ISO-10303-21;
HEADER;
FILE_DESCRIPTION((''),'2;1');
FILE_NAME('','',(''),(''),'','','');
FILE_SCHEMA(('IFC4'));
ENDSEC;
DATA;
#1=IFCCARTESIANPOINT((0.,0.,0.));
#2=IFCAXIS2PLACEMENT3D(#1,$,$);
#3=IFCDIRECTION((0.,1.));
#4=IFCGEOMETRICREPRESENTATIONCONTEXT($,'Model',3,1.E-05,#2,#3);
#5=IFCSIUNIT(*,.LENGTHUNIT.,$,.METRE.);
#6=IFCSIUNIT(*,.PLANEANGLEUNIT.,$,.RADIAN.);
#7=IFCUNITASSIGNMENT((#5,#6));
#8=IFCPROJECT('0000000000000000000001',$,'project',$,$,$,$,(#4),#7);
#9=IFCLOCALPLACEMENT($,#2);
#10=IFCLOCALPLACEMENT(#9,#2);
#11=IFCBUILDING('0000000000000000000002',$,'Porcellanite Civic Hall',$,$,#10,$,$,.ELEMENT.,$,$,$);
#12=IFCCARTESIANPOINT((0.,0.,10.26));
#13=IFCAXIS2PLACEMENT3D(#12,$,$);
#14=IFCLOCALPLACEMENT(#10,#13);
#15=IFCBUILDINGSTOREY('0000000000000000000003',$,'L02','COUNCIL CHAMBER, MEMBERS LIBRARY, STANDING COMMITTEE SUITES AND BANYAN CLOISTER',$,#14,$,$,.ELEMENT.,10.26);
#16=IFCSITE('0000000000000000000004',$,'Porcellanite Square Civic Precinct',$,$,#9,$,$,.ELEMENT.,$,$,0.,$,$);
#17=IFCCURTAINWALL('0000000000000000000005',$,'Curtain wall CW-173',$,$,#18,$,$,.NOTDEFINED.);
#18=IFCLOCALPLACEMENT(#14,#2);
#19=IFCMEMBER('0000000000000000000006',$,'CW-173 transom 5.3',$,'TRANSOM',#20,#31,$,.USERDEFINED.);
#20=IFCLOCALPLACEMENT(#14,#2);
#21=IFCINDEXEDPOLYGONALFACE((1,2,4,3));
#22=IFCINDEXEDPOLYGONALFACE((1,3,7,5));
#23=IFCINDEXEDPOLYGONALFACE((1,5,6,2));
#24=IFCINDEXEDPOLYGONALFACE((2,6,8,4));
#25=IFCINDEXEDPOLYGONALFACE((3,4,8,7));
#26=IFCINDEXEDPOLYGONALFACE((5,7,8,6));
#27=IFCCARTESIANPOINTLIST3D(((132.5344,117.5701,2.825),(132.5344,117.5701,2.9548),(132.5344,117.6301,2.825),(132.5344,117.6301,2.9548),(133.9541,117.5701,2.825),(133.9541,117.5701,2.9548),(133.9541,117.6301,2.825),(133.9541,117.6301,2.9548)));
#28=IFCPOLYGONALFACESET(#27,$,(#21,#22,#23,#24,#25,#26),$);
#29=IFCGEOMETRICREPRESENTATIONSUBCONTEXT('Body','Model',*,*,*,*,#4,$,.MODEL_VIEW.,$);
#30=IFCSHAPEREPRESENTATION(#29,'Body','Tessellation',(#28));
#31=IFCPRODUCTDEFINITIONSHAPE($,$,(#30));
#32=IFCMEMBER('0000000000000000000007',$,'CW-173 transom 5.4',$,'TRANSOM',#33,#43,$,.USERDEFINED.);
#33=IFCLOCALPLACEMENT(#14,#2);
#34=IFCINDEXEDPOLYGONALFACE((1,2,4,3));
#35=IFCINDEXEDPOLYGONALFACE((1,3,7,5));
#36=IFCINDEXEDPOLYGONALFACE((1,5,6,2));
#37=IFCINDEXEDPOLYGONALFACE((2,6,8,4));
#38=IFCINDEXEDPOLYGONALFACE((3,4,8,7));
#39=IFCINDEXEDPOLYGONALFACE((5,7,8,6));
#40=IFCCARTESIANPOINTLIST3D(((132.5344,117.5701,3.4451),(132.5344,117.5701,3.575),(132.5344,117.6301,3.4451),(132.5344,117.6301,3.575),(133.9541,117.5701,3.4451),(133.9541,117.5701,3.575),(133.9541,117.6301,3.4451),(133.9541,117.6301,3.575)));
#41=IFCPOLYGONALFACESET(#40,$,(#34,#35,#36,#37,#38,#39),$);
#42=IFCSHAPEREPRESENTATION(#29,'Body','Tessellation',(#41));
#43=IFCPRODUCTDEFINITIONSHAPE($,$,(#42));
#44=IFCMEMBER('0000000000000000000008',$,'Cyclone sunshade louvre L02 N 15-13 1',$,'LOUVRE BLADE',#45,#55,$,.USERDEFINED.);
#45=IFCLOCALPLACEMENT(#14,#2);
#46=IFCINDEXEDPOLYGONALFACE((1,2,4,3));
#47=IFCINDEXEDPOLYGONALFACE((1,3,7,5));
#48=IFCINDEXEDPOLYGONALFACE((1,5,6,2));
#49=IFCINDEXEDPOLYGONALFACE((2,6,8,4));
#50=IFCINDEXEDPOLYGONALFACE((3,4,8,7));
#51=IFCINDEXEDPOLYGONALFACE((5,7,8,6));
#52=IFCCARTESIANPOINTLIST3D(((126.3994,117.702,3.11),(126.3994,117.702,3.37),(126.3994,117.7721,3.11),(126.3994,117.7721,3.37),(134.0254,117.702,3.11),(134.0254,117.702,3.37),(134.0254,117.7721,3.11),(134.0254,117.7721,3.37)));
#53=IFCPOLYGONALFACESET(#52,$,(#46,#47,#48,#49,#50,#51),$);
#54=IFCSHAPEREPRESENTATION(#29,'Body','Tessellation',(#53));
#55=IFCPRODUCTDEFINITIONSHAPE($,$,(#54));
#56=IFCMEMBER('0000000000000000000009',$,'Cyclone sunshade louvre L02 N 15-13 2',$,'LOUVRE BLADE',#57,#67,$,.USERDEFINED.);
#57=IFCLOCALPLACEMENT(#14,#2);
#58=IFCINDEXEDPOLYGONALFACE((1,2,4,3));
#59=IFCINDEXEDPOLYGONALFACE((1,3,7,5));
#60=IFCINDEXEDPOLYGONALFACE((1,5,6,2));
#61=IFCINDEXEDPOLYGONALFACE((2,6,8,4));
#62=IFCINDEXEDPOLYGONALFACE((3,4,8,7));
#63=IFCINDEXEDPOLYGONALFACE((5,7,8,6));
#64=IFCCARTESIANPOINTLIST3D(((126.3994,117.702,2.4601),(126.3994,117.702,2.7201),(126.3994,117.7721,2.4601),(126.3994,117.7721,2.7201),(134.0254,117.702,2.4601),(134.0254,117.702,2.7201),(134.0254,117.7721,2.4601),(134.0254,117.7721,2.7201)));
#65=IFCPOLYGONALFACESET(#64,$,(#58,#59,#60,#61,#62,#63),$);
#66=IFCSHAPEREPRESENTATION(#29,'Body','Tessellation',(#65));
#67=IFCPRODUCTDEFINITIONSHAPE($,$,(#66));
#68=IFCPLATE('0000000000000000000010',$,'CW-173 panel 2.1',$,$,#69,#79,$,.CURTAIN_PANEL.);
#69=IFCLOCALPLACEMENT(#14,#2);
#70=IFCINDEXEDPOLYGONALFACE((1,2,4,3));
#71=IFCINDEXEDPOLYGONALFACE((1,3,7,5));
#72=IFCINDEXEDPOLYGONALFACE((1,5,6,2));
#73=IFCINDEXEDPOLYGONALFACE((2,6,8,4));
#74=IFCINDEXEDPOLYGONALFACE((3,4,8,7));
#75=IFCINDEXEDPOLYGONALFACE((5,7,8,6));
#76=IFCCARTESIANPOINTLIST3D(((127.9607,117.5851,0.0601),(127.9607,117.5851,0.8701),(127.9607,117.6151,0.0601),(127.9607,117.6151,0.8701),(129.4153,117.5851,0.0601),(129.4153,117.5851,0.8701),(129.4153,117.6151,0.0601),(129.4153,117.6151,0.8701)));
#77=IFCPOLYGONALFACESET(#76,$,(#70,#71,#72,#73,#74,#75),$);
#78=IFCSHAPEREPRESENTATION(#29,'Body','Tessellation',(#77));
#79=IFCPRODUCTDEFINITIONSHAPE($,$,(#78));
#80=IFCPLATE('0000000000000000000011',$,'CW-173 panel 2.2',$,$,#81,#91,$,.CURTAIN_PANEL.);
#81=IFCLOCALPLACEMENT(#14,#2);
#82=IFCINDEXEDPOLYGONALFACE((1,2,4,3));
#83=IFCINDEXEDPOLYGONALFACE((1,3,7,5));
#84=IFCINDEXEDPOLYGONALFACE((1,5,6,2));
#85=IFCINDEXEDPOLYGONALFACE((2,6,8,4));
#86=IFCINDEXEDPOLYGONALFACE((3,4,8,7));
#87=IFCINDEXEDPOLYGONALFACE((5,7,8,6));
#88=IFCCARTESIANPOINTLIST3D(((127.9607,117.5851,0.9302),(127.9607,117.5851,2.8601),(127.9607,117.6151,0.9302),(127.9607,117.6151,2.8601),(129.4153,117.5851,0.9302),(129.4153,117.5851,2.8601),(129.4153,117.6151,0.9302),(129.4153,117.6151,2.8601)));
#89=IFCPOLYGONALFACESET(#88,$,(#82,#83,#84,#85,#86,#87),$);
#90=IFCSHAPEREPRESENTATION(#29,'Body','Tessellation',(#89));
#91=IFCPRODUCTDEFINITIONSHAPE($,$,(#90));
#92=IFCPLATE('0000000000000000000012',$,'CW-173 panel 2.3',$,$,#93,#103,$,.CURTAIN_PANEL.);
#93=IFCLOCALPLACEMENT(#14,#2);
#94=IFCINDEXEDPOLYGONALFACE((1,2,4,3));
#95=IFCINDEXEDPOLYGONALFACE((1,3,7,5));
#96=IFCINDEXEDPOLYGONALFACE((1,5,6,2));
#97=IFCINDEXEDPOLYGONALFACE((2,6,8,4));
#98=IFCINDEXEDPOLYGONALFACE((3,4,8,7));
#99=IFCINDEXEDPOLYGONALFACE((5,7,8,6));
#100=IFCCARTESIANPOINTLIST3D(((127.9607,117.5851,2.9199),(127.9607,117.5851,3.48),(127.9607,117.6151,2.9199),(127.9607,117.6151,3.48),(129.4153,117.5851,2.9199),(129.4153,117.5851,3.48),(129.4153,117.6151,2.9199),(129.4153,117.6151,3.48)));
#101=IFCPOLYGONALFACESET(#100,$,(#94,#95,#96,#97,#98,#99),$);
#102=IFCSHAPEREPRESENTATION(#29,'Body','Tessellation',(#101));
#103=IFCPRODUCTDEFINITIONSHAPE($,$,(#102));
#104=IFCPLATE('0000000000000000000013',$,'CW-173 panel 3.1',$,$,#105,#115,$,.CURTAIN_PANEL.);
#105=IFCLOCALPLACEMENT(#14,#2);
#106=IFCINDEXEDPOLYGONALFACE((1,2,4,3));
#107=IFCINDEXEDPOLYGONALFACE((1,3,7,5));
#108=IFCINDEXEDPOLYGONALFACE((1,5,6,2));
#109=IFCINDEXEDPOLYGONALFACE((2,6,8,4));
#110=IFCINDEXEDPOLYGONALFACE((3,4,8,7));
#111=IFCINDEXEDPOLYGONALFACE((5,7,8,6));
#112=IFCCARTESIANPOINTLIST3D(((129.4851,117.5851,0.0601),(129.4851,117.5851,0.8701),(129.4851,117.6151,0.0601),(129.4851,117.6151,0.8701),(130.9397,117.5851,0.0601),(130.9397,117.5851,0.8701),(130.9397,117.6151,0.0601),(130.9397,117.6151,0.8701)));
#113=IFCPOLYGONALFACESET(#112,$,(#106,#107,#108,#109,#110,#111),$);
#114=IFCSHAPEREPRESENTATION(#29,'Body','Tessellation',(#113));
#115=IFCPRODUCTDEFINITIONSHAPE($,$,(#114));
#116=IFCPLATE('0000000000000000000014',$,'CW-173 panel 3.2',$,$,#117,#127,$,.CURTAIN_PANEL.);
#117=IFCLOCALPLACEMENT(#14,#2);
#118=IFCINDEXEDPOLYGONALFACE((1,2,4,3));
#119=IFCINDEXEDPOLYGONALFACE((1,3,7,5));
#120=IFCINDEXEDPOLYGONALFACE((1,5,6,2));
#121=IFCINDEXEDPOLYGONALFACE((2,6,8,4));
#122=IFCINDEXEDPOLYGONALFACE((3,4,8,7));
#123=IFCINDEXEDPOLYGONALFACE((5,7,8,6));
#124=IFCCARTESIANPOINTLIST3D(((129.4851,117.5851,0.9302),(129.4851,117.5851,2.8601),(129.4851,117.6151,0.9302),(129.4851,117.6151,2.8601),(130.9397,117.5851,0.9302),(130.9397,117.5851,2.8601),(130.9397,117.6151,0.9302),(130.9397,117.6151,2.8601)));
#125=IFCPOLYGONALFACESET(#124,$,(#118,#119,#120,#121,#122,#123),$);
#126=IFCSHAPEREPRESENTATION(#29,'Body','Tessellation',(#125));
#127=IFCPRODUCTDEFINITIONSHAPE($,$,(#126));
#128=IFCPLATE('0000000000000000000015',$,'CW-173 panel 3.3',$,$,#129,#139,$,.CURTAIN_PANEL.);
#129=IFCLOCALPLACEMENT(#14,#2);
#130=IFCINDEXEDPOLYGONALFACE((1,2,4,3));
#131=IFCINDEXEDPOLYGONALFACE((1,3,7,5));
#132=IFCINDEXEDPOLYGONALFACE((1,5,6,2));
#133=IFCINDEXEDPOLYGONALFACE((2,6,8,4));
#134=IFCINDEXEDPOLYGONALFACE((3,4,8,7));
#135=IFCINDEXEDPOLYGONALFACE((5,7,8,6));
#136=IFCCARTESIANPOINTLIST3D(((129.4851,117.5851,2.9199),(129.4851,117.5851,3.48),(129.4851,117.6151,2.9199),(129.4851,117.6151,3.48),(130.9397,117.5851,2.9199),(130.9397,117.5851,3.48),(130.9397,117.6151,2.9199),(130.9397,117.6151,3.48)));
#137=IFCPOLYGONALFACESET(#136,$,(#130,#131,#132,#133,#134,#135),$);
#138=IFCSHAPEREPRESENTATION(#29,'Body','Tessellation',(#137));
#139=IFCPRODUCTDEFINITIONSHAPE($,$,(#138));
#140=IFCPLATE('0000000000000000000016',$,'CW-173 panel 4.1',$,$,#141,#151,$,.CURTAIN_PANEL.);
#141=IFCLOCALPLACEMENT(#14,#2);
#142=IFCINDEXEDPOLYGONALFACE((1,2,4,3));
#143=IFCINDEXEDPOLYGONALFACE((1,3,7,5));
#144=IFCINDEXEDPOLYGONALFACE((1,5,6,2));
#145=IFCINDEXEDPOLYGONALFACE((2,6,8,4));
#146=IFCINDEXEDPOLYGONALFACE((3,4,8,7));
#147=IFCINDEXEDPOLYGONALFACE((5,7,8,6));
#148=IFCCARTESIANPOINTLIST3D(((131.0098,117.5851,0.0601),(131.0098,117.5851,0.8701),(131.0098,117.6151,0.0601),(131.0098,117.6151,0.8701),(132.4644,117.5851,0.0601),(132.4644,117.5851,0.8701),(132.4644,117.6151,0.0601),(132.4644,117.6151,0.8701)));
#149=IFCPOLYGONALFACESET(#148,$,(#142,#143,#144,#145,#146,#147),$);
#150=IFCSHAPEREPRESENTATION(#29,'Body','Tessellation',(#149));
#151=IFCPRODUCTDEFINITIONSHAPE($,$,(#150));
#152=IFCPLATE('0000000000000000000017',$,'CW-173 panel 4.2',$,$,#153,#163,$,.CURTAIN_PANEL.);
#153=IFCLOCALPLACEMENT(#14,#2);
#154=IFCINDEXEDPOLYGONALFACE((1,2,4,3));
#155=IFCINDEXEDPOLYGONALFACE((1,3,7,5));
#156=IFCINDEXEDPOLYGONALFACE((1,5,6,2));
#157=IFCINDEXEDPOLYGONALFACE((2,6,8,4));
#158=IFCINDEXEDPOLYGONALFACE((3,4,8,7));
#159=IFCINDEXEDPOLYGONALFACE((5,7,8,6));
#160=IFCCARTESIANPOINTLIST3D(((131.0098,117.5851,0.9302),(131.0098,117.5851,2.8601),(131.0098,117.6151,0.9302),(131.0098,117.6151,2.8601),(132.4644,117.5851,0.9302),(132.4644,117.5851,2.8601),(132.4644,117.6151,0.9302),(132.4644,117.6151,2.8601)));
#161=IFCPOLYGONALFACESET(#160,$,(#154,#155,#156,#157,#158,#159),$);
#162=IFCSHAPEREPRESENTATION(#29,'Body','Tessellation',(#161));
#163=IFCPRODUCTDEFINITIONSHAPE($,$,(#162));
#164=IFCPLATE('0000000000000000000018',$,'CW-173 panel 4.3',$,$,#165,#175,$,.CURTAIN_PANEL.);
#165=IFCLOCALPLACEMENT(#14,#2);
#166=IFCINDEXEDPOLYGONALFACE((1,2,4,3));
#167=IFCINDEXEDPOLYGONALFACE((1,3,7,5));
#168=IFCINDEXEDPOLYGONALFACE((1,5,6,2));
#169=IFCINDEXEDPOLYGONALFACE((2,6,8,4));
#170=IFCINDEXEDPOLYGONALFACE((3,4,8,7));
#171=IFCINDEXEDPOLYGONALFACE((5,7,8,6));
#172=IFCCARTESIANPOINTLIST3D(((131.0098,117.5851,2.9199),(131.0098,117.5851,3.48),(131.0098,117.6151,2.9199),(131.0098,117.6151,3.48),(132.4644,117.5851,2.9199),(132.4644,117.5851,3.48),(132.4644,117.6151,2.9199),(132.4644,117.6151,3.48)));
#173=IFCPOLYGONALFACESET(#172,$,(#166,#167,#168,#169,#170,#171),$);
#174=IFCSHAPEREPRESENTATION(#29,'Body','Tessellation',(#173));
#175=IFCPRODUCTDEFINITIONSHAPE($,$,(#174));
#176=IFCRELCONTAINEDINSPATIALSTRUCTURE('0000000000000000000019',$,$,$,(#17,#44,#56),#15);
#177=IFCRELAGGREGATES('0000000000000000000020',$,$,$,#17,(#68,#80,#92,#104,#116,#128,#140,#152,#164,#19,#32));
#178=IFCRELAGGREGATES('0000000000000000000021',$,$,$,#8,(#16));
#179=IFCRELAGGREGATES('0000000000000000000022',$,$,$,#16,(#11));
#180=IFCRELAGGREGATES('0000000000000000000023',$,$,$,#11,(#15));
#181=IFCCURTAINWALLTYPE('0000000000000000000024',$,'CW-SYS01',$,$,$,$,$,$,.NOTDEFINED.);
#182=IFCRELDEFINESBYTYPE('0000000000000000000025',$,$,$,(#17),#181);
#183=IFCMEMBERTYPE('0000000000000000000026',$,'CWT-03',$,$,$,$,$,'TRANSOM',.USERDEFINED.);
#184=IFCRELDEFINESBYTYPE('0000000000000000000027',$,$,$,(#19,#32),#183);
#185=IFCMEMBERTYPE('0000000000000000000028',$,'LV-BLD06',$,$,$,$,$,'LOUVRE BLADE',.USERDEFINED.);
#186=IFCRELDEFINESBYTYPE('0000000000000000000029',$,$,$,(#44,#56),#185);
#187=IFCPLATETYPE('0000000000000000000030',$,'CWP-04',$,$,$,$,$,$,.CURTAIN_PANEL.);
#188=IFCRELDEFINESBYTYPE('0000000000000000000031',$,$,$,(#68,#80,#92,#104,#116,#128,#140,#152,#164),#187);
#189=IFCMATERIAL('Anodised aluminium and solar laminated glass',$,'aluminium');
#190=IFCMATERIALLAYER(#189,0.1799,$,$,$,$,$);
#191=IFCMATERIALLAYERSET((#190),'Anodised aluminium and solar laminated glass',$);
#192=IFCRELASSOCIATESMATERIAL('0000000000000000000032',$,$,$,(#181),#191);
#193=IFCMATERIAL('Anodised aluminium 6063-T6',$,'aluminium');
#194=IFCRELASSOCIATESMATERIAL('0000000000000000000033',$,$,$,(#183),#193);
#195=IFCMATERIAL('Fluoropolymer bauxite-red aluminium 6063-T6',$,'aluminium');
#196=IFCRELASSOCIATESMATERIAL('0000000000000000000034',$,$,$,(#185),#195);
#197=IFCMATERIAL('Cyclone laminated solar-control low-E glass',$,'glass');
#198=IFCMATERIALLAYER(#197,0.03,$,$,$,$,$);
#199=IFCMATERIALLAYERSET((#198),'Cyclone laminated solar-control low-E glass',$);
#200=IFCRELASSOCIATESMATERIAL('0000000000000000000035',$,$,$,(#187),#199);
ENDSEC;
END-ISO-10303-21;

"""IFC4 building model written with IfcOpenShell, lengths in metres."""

from ifc_helpers import new_model, si_unit, direction, frame, origin, origin_2d, place, context, subcontext, project, spatial, rectangle, extrude, material, layer, layer_set, material_profile, profile_set, type_object, element, aggregate, save


model = new_model("IFC4")

# Units and contexts
model_context = context("Model", 3, precision=1e-05, world=origin(), true_north=direction((0.0, 1.0)))
body_context = subcontext(model_context, "Body", "Model", "MODEL_VIEW")
ifc_project = project(units=[si_unit("LENGTHUNIT", "METRE"), si_unit("PLANEANGLEUNIT", "RADIAN")], contexts=[model_context])

# Site, building, storey
site_placement = place(None, origin())
site = spatial("IfcSite", under=ifc_project, at=site_placement, Name="Porcellanite Square Civic Precinct", CompositionType="ELEMENT", RefElevation=0.0)
building_placement = place(site_placement, origin())
building = spatial("IfcBuilding", under=site, at=building_placement, Name="Porcellanite Civic Hall", CompositionType="ELEMENT")
storey_placement = place(building_placement, frame((0.0, 0.0, 10.26)))
storey = spatial("IfcBuildingStorey", under=building, at=storey_placement, Name="L02", Description="COUNCIL CHAMBER, MEMBERS LIBRARY, STANDING COMMITTEE SUITES AND BANYAN CLOISTER", CompositionType="ELEMENT", Elevation=10.26)

# Curtain wall, members
ifc_material_1 = material(Name="Anodised aluminium and solar laminated glass", Category="aluminium")
ifc_layer_1 = layer(ifc_material_1, 0.1799)
ifc_layer_set_1 = layer_set([ifc_layer_1], Name="Anodised aluminium and solar laminated glass")
curtain_wall_type = type_object("IfcCurtainWallType", Name="CW-SYS01", PredefinedType="NOTDEFINED", material=ifc_layer_set_1)
curtain_wall_placement = place(storey_placement, origin())
curtain_wall = element("IfcCurtainWall", 1, at=curtain_wall_placement, inside=storey, type_object=curtain_wall_type, Name="Curtain wall CW-173", PredefinedType="NOTDEFINED")
ifc_material_2 = material(Name="Anodised aluminium 6063-T6", Category="aluminium")
ifc_material_profile_1 = material_profile(ifc_material_2, rectangle(XDim=0.0601, YDim=0.1299, at=origin_2d()), Name="AL-60x130")
ifc_profile_set_1 = profile_set([ifc_material_profile_1], Name="Anodised aluminium 6063-T6")
member_type_1 = type_object("IfcMemberType", Name="CWT-03", ElementType="TRANSOM", PredefinedType="USERDEFINED", material=ifc_profile_set_1)
member_1_placement = place(storey_placement, frame((132.5344, 117.6001, 2.8899), z_axis=(1.0, 0.0, 0.0), x_axis=(0.0, 1.0, 0.0)))
member_1 = element("IfcMember", 2, at=member_1_placement, type_object=member_type_1, Name="CW-173 transom 5.3", ObjectType="TRANSOM", PredefinedType="USERDEFINED", context=body_context, shape_type="SweptSolid", body=[
    extrude(rectangle(XDim=0.0601, YDim=0.1299, at=origin_2d()), origin(), (0.0, 0.0, 1.0), 1.4197),
])
member_2_placement = place(storey_placement, frame((132.5344, 117.6001, 3.51), z_axis=(1.0, 0.0, 0.0), x_axis=(0.0, 1.0, 0.0)))
member_2 = element("IfcMember", 3, at=member_2_placement, type_object=member_type_1, Name="CW-173 transom 5.4", ObjectType="TRANSOM", PredefinedType="USERDEFINED", context=body_context, shape_type="SweptSolid", body=[
    extrude(rectangle(XDim=0.0601, YDim=0.1299, at=origin_2d()), origin(), (0.0, 0.0, 1.0), 1.4197),
])

# Members
ifc_material_3 = material(Name="Fluoropolymer bauxite-red aluminium 6063-T6", Category="aluminium")
ifc_material_profile_2 = material_profile(ifc_material_3, rectangle(XDim=0.0701, YDim=0.26, at=origin_2d()), Name="AL-70x260")
ifc_profile_set_2 = profile_set([ifc_material_profile_2], Name="Fluoropolymer bauxite-red aluminium 6063-T6")
member_type_2 = type_object("IfcMemberType", Name="LV-BLD06", ElementType="LOUVRE BLADE", PredefinedType="USERDEFINED", material=ifc_profile_set_2)
for number, where, z_axis, x_axis, name in (
    (4, (126.3994, 117.7371, 3.24), (1.0, 0.0, 0.0), (0.0, 1.0, 0.0), "Cyclone sunshade louvre L02 N 15-13 1"),
    (5, (126.3994, 117.7371, 2.5901), (1.0, 0.0, 0.0), (0.0, 1.0, 0.0), "Cyclone sunshade louvre L02 N 15-13 2"),
):
    element("IfcMember", number, at=place(storey_placement, frame(where, z_axis=z_axis, x_axis=x_axis)), inside=storey, type_object=member_type_2, Name=name, ObjectType="LOUVRE BLADE", PredefinedType="USERDEFINED", context=body_context, shape_type="SweptSolid", body=[
        extrude(rectangle(XDim=0.0701, YDim=0.26, at=origin_2d()), origin(), (0.0, 0.0, 1.0), 7.626),
    ])

# Plates
ifc_material_4 = material(Name="Cyclone laminated solar-control low-E glass", Category="glass")
ifc_layer_2 = layer(ifc_material_4, 0.03)
ifc_layer_set_2 = layer_set([ifc_layer_2], Name="Cyclone laminated solar-control low-E glass")
plate_type = type_object("IfcPlateType", Name="CWP-04", PredefinedType="CURTAIN_PANEL", material=ifc_layer_set_2)
plate_1_placement = place(storey_placement, frame((128.688, 117.6001, 0.0601), z_axis=(0.0, 0.0, 1.0), x_axis=(1.0, 0.0, 0.0)))
plate_1 = element("IfcPlate", 6, at=plate_1_placement, type_object=plate_type, Name="CW-173 panel 2.1", PredefinedType="CURTAIN_PANEL", context=body_context, shape_type="SweptSolid", body=[
    extrude(rectangle(XDim=1.4546, YDim=0.03, at=origin_2d()), origin(), (0.0, 0.0, 1.0), 0.8101),
])
plate_2_placement = place(storey_placement, frame((128.688, 117.6001, 0.9302), z_axis=(0.0, 0.0, 1.0), x_axis=(1.0, 0.0, 0.0)))
plate_2 = element("IfcPlate", 7, at=plate_2_placement, type_object=plate_type, Name="CW-173 panel 2.2", PredefinedType="CURTAIN_PANEL", context=body_context, shape_type="SweptSolid", body=[
    extrude(rectangle(XDim=1.4546, YDim=0.03, at=origin_2d()), origin(), (0.0, 0.0, 1.0), 1.9299),
])
plate_3_placement = place(storey_placement, frame((128.688, 117.6001, 2.9199), z_axis=(0.0, 0.0, 1.0), x_axis=(1.0, 0.0, 0.0)))
plate_3 = element("IfcPlate", 8, at=plate_3_placement, type_object=plate_type, Name="CW-173 panel 2.3", PredefinedType="CURTAIN_PANEL", context=body_context, shape_type="SweptSolid", body=[
    extrude(rectangle(XDim=1.4546, YDim=0.03, at=origin_2d()), origin(), (0.0, 0.0, 1.0), 0.5601),
])
plate_4_placement = place(storey_placement, frame((130.2124, 117.6001, 0.0601), z_axis=(0.0, 0.0, 1.0), x_axis=(1.0, 0.0, 0.0)))
plate_4 = element("IfcPlate", 9, at=plate_4_placement, type_object=plate_type, Name="CW-173 panel 3.1", PredefinedType="CURTAIN_PANEL", context=body_context, shape_type="SweptSolid", body=[
    extrude(rectangle(XDim=1.4546, YDim=0.03, at=origin_2d()), origin(), (0.0, 0.0, 1.0), 0.8101),
])
plate_5_placement = place(storey_placement, frame((130.2124, 117.6001, 0.9302), z_axis=(0.0, 0.0, 1.0), x_axis=(1.0, 0.0, 0.0)))
plate_5 = element("IfcPlate", 10, at=plate_5_placement, type_object=plate_type, Name="CW-173 panel 3.2", PredefinedType="CURTAIN_PANEL", context=body_context, shape_type="SweptSolid", body=[
    extrude(rectangle(XDim=1.4546, YDim=0.03, at=origin_2d()), origin(), (0.0, 0.0, 1.0), 1.9299),
])
plate_6_placement = place(storey_placement, frame((130.2124, 117.6001, 2.9199), z_axis=(0.0, 0.0, 1.0), x_axis=(1.0, 0.0, 0.0)))
plate_6 = element("IfcPlate", 11, at=plate_6_placement, type_object=plate_type, Name="CW-173 panel 3.3", PredefinedType="CURTAIN_PANEL", context=body_context, shape_type="SweptSolid", body=[
    extrude(rectangle(XDim=1.4546, YDim=0.03, at=origin_2d()), origin(), (0.0, 0.0, 1.0), 0.5601),
])
plate_7_placement = place(storey_placement, frame((131.7371, 117.6001, 0.0601), z_axis=(0.0, 0.0, 1.0), x_axis=(1.0, 0.0, 0.0)))
plate_7 = element("IfcPlate", 12, at=plate_7_placement, type_object=plate_type, Name="CW-173 panel 4.1", PredefinedType="CURTAIN_PANEL", context=body_context, shape_type="SweptSolid", body=[
    extrude(rectangle(XDim=1.4546, YDim=0.03, at=origin_2d()), origin(), (0.0, 0.0, 1.0), 0.8101),
])
plate_8_placement = place(storey_placement, frame((131.7371, 117.6001, 0.9302), z_axis=(0.0, 0.0, 1.0), x_axis=(1.0, 0.0, 0.0)))
plate_8 = element("IfcPlate", 13, at=plate_8_placement, type_object=plate_type, Name="CW-173 panel 4.2", PredefinedType="CURTAIN_PANEL", context=body_context, shape_type="SweptSolid", body=[
    extrude(rectangle(XDim=1.4546, YDim=0.03, at=origin_2d()), origin(), (0.0, 0.0, 1.0), 1.9299),
])
plate_9_placement = place(storey_placement, frame((131.7371, 117.6001, 2.9199), z_axis=(0.0, 0.0, 1.0), x_axis=(1.0, 0.0, 0.0)))
plate_9 = element("IfcPlate", 14, at=plate_9_placement, type_object=plate_type, Name="CW-173 panel 4.3", PredefinedType="CURTAIN_PANEL", context=body_context, shape_type="SweptSolid", body=[
    extrude(rectangle(XDim=1.4546, YDim=0.03, at=origin_2d()), origin(), (0.0, 0.0, 1.0), 0.5601),
])
aggregate(curtain_wall, [plate_1, plate_2, plate_3, plate_4, plate_5, plate_6, plate_7, plate_8, plate_9, member_1, member_2])

save(model, "model.ifc")
